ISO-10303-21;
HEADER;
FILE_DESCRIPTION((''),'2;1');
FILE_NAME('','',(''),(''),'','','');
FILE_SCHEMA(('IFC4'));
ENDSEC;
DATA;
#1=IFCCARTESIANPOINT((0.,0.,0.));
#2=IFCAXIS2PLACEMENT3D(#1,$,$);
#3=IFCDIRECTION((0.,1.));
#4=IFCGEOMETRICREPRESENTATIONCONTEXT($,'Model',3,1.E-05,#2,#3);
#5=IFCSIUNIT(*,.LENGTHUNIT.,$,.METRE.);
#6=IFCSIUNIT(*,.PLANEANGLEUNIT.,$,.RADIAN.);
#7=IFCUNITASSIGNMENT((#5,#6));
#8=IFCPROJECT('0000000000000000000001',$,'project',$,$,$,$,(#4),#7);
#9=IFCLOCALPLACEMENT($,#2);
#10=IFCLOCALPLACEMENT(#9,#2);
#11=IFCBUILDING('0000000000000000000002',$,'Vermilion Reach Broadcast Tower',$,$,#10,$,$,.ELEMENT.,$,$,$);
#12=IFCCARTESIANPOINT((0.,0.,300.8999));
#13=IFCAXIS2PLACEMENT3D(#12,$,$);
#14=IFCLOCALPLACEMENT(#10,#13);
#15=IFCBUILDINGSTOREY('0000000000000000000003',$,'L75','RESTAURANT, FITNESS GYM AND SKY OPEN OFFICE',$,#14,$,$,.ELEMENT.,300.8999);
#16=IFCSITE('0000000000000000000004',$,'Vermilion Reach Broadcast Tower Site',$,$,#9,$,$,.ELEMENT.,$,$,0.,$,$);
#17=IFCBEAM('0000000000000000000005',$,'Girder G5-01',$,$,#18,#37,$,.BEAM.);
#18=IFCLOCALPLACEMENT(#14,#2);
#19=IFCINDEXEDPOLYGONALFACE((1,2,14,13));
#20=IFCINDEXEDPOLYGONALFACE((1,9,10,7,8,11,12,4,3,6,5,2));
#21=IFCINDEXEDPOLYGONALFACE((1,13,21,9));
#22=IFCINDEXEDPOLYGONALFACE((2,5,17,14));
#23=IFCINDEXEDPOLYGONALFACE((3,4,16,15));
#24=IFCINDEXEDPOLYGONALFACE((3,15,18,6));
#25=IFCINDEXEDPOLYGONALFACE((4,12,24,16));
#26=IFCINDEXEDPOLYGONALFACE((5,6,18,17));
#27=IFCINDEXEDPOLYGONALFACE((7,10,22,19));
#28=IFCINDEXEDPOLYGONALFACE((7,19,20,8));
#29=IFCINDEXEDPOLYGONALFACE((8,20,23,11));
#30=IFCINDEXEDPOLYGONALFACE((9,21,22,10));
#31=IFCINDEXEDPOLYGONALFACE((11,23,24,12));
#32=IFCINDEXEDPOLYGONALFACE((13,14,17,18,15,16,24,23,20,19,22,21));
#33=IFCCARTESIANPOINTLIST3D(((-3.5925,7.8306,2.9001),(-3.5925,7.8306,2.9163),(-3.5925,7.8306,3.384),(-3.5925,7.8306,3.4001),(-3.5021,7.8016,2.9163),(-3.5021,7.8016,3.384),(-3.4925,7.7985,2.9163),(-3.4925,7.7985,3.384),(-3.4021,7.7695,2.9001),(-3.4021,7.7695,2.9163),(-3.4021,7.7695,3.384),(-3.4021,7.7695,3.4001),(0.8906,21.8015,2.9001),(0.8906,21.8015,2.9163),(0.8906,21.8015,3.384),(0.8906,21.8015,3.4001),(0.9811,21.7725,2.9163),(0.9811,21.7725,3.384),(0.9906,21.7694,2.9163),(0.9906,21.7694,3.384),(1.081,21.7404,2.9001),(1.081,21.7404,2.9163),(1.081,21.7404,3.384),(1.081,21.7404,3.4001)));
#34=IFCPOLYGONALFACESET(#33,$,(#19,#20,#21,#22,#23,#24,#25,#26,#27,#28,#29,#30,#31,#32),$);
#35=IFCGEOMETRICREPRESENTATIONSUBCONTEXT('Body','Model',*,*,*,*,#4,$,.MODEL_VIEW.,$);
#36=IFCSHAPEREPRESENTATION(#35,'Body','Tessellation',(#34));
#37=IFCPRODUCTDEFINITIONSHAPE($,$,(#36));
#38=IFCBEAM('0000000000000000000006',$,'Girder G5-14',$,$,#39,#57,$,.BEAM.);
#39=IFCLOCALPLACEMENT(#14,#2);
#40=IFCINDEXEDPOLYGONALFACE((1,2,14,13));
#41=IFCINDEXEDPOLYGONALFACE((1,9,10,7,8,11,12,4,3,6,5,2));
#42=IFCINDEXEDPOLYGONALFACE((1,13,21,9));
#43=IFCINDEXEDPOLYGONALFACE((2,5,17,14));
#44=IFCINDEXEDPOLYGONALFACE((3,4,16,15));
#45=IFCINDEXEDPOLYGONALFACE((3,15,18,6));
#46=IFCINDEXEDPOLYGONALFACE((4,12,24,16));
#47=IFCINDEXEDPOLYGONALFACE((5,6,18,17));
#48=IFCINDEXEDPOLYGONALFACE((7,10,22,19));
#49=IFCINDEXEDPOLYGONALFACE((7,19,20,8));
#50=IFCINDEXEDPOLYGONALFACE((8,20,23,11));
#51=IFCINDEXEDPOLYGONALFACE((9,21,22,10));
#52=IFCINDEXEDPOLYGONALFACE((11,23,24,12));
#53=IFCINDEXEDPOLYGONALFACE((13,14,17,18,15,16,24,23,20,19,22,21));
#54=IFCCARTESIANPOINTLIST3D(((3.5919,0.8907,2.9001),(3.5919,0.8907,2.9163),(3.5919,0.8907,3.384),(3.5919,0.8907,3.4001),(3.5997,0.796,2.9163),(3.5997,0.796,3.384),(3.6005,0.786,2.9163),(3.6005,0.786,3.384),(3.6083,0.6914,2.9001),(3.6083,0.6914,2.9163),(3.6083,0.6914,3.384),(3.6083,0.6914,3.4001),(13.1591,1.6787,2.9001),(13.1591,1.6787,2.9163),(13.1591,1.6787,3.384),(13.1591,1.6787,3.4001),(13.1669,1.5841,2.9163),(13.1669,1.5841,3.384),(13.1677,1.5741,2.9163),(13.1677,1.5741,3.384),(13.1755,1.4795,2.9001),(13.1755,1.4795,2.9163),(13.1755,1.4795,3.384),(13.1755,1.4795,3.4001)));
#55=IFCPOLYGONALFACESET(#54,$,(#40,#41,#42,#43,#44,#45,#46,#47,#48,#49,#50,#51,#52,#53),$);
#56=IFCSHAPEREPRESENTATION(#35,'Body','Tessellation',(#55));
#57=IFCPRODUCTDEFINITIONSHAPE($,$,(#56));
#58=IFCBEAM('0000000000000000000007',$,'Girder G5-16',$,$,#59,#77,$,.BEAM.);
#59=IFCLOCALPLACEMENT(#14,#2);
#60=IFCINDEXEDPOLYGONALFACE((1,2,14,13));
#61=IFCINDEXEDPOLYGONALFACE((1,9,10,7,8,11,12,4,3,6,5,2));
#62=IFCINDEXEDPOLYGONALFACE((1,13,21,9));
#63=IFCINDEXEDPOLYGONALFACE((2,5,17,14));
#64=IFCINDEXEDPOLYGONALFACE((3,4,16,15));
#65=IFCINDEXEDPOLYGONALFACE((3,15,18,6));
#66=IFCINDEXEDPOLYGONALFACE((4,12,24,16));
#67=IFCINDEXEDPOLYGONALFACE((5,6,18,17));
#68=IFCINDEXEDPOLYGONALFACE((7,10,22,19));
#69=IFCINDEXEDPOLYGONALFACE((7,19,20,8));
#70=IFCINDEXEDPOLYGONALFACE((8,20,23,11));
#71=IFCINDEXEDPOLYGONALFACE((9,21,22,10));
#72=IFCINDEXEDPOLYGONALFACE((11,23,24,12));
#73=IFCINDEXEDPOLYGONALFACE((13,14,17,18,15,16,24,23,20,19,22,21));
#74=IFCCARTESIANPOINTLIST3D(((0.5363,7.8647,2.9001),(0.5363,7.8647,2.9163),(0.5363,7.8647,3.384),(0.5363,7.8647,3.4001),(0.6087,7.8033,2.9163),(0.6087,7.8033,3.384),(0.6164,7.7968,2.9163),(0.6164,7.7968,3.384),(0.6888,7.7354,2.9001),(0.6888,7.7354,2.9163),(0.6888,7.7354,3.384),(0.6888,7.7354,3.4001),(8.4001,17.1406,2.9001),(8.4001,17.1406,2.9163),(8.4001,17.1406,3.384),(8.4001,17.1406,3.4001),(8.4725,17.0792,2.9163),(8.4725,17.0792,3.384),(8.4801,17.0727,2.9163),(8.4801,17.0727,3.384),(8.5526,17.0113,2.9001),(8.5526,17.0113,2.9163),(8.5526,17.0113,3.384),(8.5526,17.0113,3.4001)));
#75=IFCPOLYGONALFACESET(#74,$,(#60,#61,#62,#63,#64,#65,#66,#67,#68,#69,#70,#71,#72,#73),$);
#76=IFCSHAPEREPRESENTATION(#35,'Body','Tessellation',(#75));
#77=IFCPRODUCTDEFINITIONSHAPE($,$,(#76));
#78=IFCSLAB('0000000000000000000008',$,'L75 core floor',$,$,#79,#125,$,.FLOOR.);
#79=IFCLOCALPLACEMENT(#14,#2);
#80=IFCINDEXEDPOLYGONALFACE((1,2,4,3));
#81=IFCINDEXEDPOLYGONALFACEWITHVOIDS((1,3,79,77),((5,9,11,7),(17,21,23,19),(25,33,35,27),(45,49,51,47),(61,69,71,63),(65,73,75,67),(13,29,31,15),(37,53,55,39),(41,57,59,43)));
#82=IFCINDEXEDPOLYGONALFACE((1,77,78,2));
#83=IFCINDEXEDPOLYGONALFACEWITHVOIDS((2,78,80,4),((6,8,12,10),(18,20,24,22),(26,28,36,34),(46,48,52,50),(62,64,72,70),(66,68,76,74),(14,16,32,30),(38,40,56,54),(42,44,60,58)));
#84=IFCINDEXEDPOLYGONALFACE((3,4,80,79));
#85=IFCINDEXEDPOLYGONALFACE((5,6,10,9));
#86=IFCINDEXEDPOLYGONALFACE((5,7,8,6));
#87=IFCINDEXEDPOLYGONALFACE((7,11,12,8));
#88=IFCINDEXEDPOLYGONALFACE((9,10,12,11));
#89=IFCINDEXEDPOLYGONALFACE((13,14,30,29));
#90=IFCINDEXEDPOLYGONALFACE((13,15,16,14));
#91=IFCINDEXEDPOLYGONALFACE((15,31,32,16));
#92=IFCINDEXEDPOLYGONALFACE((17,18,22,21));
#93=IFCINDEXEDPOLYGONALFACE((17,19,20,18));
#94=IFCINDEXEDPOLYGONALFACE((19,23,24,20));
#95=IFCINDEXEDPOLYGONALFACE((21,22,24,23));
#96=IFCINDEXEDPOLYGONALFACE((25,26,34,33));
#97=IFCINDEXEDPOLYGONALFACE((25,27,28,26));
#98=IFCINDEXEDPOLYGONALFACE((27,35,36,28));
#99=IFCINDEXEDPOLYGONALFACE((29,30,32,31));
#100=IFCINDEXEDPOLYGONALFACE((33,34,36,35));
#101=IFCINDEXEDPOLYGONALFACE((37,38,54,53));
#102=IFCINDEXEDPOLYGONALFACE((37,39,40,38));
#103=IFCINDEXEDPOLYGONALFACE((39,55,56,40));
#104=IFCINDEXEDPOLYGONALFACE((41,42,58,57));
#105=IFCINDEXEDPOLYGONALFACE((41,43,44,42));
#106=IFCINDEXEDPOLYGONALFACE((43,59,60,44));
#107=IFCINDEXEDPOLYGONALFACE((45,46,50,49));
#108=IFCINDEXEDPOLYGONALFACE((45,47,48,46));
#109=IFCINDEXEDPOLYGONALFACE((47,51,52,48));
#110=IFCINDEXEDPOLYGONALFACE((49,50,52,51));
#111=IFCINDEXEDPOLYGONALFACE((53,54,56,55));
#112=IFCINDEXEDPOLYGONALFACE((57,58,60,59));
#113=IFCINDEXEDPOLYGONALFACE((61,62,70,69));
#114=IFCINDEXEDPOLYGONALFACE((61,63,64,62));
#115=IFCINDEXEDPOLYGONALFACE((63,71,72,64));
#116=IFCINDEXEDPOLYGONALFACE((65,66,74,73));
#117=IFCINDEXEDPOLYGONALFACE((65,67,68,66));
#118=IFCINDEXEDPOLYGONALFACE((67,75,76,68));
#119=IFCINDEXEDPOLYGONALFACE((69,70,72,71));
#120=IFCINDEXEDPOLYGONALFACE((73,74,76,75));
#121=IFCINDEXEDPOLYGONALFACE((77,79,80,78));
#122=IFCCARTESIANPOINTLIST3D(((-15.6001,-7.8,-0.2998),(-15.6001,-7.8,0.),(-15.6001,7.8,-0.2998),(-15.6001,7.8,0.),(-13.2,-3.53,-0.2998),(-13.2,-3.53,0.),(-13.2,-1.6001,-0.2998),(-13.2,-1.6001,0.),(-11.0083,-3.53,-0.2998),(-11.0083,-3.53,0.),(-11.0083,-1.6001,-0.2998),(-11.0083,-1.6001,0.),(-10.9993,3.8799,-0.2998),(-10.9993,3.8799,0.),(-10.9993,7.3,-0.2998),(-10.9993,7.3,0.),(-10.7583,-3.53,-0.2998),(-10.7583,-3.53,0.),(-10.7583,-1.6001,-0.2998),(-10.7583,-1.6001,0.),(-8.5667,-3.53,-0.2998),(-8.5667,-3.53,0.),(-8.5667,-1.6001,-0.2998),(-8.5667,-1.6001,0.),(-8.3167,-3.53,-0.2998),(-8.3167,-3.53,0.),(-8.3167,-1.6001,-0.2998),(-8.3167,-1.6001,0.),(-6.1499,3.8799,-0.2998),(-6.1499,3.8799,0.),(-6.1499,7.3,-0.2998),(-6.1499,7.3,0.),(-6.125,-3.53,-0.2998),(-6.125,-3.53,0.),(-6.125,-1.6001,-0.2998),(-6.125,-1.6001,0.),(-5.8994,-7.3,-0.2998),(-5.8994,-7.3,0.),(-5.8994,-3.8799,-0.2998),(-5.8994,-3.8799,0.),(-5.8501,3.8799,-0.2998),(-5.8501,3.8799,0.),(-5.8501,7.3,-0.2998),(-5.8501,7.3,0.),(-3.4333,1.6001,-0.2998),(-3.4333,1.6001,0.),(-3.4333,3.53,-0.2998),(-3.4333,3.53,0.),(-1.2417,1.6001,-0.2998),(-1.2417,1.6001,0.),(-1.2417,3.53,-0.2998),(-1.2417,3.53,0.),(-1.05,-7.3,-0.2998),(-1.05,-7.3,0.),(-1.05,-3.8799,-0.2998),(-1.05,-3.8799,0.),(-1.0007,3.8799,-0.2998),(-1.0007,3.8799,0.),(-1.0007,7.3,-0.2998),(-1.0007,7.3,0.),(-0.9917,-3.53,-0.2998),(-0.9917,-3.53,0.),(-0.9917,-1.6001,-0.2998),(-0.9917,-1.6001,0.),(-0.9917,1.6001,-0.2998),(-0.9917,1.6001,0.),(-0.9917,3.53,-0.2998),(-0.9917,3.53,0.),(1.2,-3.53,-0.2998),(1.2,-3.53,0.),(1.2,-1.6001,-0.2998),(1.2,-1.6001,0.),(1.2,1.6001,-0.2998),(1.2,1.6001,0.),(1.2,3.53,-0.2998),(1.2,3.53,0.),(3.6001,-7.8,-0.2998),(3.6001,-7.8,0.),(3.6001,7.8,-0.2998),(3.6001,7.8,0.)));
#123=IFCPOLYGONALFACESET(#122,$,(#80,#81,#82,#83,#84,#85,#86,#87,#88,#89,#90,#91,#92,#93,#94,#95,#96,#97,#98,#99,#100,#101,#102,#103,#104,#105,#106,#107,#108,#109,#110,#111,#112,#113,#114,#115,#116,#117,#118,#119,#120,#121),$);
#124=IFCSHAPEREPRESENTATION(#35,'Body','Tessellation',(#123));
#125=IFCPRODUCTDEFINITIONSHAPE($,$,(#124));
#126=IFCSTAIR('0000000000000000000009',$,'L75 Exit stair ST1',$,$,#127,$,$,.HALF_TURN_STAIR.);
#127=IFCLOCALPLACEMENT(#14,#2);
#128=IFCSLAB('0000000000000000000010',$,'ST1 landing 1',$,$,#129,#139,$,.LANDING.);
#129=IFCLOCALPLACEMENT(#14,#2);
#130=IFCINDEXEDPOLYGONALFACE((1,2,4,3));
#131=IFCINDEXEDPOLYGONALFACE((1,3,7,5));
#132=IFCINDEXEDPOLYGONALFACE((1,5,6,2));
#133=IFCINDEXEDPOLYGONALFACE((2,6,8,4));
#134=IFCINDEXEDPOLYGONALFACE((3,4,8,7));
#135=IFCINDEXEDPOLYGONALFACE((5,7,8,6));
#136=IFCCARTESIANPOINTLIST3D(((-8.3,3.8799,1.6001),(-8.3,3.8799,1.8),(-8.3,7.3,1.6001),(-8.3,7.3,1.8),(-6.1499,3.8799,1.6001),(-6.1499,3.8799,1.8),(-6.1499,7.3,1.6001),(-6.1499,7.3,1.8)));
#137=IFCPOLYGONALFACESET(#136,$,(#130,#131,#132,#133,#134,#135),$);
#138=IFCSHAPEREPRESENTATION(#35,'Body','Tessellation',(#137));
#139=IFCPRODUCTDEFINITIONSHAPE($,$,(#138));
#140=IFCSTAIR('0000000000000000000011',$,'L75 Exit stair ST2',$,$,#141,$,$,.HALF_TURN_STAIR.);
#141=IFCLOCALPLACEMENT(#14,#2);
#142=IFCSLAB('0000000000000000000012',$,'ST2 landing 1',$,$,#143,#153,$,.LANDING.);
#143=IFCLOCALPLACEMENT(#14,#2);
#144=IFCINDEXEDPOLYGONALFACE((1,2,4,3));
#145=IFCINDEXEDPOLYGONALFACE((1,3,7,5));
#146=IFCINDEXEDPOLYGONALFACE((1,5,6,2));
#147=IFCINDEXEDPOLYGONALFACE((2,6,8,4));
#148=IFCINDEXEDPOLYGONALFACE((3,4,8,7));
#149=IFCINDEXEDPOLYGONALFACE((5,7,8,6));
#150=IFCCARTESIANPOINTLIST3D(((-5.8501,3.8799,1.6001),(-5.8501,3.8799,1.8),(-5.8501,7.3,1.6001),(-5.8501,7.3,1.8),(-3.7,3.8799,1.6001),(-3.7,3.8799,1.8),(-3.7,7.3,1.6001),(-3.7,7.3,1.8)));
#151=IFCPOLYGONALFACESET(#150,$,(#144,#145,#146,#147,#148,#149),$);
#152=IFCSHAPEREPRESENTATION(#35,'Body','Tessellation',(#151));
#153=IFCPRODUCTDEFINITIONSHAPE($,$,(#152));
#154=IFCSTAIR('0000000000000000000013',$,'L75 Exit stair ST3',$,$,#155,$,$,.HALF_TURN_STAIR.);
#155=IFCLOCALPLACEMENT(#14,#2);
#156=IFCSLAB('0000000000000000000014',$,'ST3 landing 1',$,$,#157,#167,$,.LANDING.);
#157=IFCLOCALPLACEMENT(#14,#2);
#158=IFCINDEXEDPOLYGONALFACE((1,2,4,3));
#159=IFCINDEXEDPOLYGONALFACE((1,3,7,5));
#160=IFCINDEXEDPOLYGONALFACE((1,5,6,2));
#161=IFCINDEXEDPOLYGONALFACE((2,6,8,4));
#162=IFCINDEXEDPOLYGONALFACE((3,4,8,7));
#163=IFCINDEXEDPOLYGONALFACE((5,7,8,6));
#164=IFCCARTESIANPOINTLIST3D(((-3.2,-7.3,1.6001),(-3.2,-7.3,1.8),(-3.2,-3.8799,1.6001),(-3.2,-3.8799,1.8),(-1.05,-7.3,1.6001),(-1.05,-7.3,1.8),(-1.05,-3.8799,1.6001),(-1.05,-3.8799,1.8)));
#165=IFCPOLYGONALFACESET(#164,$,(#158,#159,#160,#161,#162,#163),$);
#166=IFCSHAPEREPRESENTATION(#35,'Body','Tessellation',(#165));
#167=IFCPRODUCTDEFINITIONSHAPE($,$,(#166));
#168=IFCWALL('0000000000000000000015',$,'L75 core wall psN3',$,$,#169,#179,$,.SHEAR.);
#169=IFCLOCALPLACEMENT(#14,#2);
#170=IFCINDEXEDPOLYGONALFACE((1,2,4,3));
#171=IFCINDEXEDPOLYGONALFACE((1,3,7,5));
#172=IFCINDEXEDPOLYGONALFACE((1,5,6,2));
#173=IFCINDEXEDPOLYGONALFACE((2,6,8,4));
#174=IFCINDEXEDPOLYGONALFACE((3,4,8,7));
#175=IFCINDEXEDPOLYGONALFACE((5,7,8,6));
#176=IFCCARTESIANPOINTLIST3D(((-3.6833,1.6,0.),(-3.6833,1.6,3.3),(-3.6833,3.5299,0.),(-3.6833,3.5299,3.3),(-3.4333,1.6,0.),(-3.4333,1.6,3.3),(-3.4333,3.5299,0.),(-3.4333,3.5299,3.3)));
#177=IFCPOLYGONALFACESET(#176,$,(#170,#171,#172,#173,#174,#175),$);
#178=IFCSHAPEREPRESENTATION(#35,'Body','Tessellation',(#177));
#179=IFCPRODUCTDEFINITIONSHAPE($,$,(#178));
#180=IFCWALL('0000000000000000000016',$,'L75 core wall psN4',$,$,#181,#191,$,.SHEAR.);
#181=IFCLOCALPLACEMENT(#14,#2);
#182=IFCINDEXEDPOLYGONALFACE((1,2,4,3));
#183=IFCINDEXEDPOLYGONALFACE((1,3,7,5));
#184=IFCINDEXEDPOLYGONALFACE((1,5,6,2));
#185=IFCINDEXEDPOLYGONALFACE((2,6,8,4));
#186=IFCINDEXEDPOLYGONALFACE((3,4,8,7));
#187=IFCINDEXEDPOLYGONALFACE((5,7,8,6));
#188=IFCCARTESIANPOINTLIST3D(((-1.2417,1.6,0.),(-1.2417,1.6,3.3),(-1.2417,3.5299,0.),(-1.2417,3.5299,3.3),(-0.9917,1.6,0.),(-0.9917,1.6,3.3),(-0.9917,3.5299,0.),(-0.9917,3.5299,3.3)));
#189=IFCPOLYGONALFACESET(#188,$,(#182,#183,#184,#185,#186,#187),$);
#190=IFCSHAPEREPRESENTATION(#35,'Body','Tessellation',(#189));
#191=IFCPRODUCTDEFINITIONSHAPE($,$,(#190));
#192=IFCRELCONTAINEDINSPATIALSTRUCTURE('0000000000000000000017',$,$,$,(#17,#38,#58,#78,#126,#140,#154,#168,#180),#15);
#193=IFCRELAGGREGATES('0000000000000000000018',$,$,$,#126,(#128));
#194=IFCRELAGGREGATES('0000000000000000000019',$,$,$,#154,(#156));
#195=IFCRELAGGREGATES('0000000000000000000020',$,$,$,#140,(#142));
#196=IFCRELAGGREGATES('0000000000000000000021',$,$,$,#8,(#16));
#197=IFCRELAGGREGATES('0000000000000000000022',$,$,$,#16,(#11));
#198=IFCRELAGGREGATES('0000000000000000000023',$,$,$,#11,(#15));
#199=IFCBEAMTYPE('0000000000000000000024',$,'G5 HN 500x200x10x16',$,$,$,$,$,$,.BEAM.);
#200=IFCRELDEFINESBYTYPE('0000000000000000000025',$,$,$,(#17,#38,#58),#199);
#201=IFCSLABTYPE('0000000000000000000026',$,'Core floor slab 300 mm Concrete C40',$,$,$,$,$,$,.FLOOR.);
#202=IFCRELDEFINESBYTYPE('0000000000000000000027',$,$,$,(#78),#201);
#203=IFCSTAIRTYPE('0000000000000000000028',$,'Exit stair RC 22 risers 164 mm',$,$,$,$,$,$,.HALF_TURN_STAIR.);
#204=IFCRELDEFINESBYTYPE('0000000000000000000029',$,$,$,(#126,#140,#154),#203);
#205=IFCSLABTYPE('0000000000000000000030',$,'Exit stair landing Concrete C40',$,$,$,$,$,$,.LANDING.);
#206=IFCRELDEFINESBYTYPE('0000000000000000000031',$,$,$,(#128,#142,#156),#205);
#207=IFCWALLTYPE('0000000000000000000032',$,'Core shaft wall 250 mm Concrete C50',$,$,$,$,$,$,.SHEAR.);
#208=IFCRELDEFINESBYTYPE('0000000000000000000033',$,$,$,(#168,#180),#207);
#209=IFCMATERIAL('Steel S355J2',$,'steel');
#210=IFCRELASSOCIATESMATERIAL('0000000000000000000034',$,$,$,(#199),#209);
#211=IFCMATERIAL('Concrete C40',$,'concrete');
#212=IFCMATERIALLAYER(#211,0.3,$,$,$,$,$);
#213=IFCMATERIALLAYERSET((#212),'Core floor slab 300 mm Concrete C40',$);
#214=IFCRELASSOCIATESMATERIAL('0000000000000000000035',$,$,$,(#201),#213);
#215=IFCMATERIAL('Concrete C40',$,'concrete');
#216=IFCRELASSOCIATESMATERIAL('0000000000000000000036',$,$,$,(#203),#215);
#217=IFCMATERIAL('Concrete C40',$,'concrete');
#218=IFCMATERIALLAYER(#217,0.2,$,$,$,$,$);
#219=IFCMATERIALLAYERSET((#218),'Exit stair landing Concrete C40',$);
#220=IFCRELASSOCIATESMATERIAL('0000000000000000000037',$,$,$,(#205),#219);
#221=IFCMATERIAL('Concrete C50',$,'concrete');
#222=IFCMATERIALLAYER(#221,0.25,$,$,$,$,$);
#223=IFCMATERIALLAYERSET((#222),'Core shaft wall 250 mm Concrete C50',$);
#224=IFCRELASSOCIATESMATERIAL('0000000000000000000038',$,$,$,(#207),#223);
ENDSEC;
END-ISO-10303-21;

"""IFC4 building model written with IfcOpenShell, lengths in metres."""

from ifc_helpers import new_model, si_unit, direction, frame, frame_2d, origin, origin_2d, place, context, subcontext, project, spatial, polyline, rectangle, i_section, outline, extrude, material, layer, layer_set, material_profile, profile_set, type_object, element, aggregate, save


model = new_model("IFC4")

# Units and contexts
model_context = context("Model", 3, precision=1e-05, world=origin(), true_north=direction((0.0, 1.0)))
body_context = subcontext(model_context, "Body", "Model", "MODEL_VIEW")
ifc_project = project(units=[si_unit("LENGTHUNIT", "METRE"), si_unit("PLANEANGLEUNIT", "RADIAN")], contexts=[model_context])

# Site, building, storey
site_placement = place(None, origin())
site = spatial("IfcSite", under=ifc_project, at=site_placement, Name="Vermilion Reach Broadcast Tower Site", CompositionType="ELEMENT", RefElevation=0.0)
building_placement = place(site_placement, origin())
building = spatial("IfcBuilding", under=site, at=building_placement, Name="Vermilion Reach Broadcast Tower", CompositionType="ELEMENT")
storey_placement = place(building_placement, frame((0.0, 0.0, 300.8999)))
storey = spatial("IfcBuildingStorey", under=building, at=storey_placement, Name="L75", Description="RESTAURANT, FITNESS GYM AND SKY OPEN OFFICE", CompositionType="ELEMENT", Elevation=300.8999)

# Beams
ifc_material_1 = material(Name="Steel S355J2", Category="steel")
ifc_material_profile = material_profile(ifc_material_1, i_section(OverallWidth=0.2, OverallDepth=0.5, WebThickness=0.01, FlangeThickness=0.0161, at=origin_2d()), Name="S355J2 HN 500x200x10x16")
ifc_profile_set = profile_set([ifc_material_profile], Name="Steel S355J2")
beam_type = type_object("IfcBeamType", Name="G5 HN 500x200x10x16", PredefinedType="BEAM", material=ifc_profile_set)
beam_1_placement = place(storey_placement, frame((-3.4973, 7.8, 3.1501), z_axis=(0.305545, 0.952178, 0.0), x_axis=(-0.952178, 0.305545, 0.0)))
element("IfcBeam", 1, at=beam_1_placement, inside=storey, type_object=beam_type, Name="Girder G5-01", PredefinedType="BEAM", context=body_context, shape_type="SweptSolid", body=[
    extrude(i_section(OverallWidth=0.2, OverallDepth=0.5, WebThickness=0.01, FlangeThickness=0.0161, at=origin_2d()), origin(), (0.0, 0.0, 1.0), 14.6726),
])
beam_2_placement = place(storey_placement, frame((3.6001, 0.791, 3.1501), z_axis=(0.996624, 0.082096, 0.0), x_axis=(-0.082096, 0.996624, 0.0)))
element("IfcBeam", 2, at=beam_2_placement, inside=storey, type_object=beam_type, Name="Girder G5-14", PredefinedType="BEAM", context=body_context, shape_type="SweptSolid", body=[
    extrude(i_section(OverallWidth=0.2, OverallDepth=0.5, WebThickness=0.01, FlangeThickness=0.0161, at=origin_2d()), origin(), (0.0, 0.0, 1.0), 9.5996),
])
beam_3_placement = place(storey_placement, frame((0.6125, 7.8, 3.1501), z_axis=(0.646658, 0.76278, 0.0), x_axis=(-0.76278, 0.646658, 0.0)))
element("IfcBeam", 3, at=beam_3_placement, inside=storey, type_object=beam_type, Name="Girder G5-16", PredefinedType="BEAM", context=body_context, shape_type="SweptSolid", body=[
    extrude(i_section(OverallWidth=0.2, OverallDepth=0.5, WebThickness=0.01, FlangeThickness=0.0161, at=origin_2d()), origin(), (0.0, 0.0, 1.0), 12.1606),
])

# Slab
ifc_material_2 = material(Name="Concrete C40", Category="concrete")
ifc_layer_1 = layer(ifc_material_2, 0.3)
ifc_layer_set_1 = layer_set([ifc_layer_1], Name="Core floor slab 300 mm Concrete C40")
slab_type_1 = type_object("IfcSlabType", Name="Core floor slab 300 mm Concrete C40", PredefinedType="FLOOR", material=ifc_layer_set_1)
slab_1_placement = place(storey_placement, frame((0.0, 0.0, -0.2998)))
element("IfcSlab", 4, at=slab_1_placement, inside=storey, type_object=slab_type_1, Name="L75 core floor", PredefinedType="FLOOR", context=body_context, shape_type="SweptSolid", body=[
    extrude(outline(polyline([(-15.6001, -7.8), (3.6001, -7.8), (3.6001, 7.8), (-15.6001, 7.8), (-15.6001, -7.8)]), holes=[polyline([(-3.4333, 1.6001), (-1.2417, 1.6001), (-1.2417, 3.53), (-3.4333, 3.53), (-3.4333, 1.6001)]), polyline([(-0.9917, 1.6001), (1.2, 1.6001), (1.2, 3.53), (-0.9917, 3.53), (-0.9917, 1.6001)]), polyline([(-13.2, -3.53), (-11.0083, -3.53), (-11.0083, -1.6001), (-13.2, -1.6001), (-13.2, -3.53)]), polyline([(-10.7583, -3.53), (-8.5667, -3.53), (-8.5667, -1.6001), (-10.7583, -1.6001), (-10.7583, -3.53)]), polyline([(-8.3167, -3.53), (-6.125, -3.53), (-6.125, -1.6001), (-8.3167, -1.6001), (-8.3167, -3.53)]), polyline([(-0.9917, -3.53), (1.2, -3.53), (1.2, -1.6001), (-0.9917, -1.6001), (-0.9917, -3.53)]), polyline([(-10.9993, 3.8799), (-6.1499, 3.8799), (-6.1499, 7.3), (-10.9993, 7.3), (-10.9993, 3.8799)]), polyline([(-1.0007, 7.3), (-5.8501, 7.3), (-5.8501, 3.8799), (-1.0007, 3.8799), (-1.0007, 7.3)]), polyline([(-5.8994, -7.3), (-1.05, -7.3), (-1.05, -3.8799), (-5.8994, -3.8799), (-5.8994, -7.3)])]), origin(), (0.0, 0.0, 1.0), 0.2998),
])

# Stairs, slabs
ifc_material_3 = material(Name="Concrete C40", Category="concrete")
stair_type = type_object("IfcStairType", Name="Exit stair RC 22 risers 164 mm", PredefinedType="HALF_TURN_STAIR", material=ifc_material_3)
placement_1 = place(storey_placement, origin())
stair_1 = element("IfcStair", 5, at=placement_1, inside=storey, type_object=stair_type, Name="L75 Exit stair ST1", PredefinedType="HALF_TURN_STAIR")
ifc_material_4 = material(Name="Concrete C40", Category="concrete")
ifc_layer_2 = layer(ifc_material_4, 0.2)
ifc_layer_set_2 = layer_set([ifc_layer_2], Name="Exit stair landing Concrete C40")
slab_type_2 = type_object("IfcSlabType", Name="Exit stair landing Concrete C40", PredefinedType="LANDING", material=ifc_layer_set_2)
placement_2 = place(storey_placement, frame((0.0, 0.0, 1.6001)))
slab_2 = element("IfcSlab", 6, at=placement_2, type_object=slab_type_2, Name="ST1 landing 1", PredefinedType="LANDING", context=body_context, shape_type="SweptSolid", body=[
    extrude(outline(polyline([(-8.3, 3.8799), (-6.1499, 3.8799), (-6.1499, 7.3), (-8.3, 7.3), (-8.3, 3.8799)])), origin(), (0.0, 0.0, 1.0), 0.2),
])
aggregate(stair_1, [slab_2])
stair_2 = element("IfcStair", 7, at=placement_1, inside=storey, type_object=stair_type, Name="L75 Exit stair ST2", PredefinedType="HALF_TURN_STAIR")
slab_3 = element("IfcSlab", 8, at=placement_2, type_object=slab_type_2, Name="ST2 landing 1", PredefinedType="LANDING", context=body_context, shape_type="SweptSolid", body=[
    extrude(outline(polyline([(-3.7, 7.3), (-5.8501, 7.3), (-5.8501, 3.8799), (-3.7, 3.8799), (-3.7, 7.3)])), origin(), (0.0, 0.0, 1.0), 0.2),
])
stair_3 = element("IfcStair", 9, at=placement_1, inside=storey, type_object=stair_type, Name="L75 Exit stair ST3", PredefinedType="HALF_TURN_STAIR")
slab_4 = element("IfcSlab", 10, at=placement_2, type_object=slab_type_2, Name="ST3 landing 1", PredefinedType="LANDING", context=body_context, shape_type="SweptSolid", body=[
    extrude(outline(polyline([(-3.2, -7.3), (-1.05, -7.3), (-1.05, -3.8799), (-3.2, -3.8799), (-3.2, -7.3)])), origin(), (0.0, 0.0, 1.0), 0.2),
])
aggregate(stair_3, [slab_4])

# Walls
ifc_material_5 = material(Name="Concrete C50", Category="concrete")
ifc_layer_3 = layer(ifc_material_5, 0.25)
ifc_layer_set_3 = layer_set([ifc_layer_3], Name="Core shaft wall 250 mm Concrete C50")
wall_type = type_object("IfcWallType", Name="Core shaft wall 250 mm Concrete C50", PredefinedType="SHEAR", material=ifc_layer_set_3)
for number, where, z_axis, x_axis, name in (
    (11, (-3.5583, 1.6001, 0.0), (0.0, 0.0, 1.0), (0.0, 1.0, 0.0), "L75 core wall psN3"),
    (12, (-1.1167, 1.6001, 0.0), (0.0, 0.0, 1.0), (0.0, 1.0, 0.0), "L75 core wall psN4"),
):
    element("IfcWall", number, at=place(storey_placement, frame(where, z_axis=z_axis, x_axis=x_axis)), inside=storey, type_object=wall_type, Name=name, PredefinedType="SHEAR", context=body_context, shape_type="SweptSolid", body=[
        extrude(rectangle(XDim=1.9299, YDim=0.25, at=frame_2d((0.9648, 0.0))), origin(), (0.0, 0.0, 1.0), 3.3),
    ])

aggregate(stair_2, [slab_3])

save(model, "model.ifc")
